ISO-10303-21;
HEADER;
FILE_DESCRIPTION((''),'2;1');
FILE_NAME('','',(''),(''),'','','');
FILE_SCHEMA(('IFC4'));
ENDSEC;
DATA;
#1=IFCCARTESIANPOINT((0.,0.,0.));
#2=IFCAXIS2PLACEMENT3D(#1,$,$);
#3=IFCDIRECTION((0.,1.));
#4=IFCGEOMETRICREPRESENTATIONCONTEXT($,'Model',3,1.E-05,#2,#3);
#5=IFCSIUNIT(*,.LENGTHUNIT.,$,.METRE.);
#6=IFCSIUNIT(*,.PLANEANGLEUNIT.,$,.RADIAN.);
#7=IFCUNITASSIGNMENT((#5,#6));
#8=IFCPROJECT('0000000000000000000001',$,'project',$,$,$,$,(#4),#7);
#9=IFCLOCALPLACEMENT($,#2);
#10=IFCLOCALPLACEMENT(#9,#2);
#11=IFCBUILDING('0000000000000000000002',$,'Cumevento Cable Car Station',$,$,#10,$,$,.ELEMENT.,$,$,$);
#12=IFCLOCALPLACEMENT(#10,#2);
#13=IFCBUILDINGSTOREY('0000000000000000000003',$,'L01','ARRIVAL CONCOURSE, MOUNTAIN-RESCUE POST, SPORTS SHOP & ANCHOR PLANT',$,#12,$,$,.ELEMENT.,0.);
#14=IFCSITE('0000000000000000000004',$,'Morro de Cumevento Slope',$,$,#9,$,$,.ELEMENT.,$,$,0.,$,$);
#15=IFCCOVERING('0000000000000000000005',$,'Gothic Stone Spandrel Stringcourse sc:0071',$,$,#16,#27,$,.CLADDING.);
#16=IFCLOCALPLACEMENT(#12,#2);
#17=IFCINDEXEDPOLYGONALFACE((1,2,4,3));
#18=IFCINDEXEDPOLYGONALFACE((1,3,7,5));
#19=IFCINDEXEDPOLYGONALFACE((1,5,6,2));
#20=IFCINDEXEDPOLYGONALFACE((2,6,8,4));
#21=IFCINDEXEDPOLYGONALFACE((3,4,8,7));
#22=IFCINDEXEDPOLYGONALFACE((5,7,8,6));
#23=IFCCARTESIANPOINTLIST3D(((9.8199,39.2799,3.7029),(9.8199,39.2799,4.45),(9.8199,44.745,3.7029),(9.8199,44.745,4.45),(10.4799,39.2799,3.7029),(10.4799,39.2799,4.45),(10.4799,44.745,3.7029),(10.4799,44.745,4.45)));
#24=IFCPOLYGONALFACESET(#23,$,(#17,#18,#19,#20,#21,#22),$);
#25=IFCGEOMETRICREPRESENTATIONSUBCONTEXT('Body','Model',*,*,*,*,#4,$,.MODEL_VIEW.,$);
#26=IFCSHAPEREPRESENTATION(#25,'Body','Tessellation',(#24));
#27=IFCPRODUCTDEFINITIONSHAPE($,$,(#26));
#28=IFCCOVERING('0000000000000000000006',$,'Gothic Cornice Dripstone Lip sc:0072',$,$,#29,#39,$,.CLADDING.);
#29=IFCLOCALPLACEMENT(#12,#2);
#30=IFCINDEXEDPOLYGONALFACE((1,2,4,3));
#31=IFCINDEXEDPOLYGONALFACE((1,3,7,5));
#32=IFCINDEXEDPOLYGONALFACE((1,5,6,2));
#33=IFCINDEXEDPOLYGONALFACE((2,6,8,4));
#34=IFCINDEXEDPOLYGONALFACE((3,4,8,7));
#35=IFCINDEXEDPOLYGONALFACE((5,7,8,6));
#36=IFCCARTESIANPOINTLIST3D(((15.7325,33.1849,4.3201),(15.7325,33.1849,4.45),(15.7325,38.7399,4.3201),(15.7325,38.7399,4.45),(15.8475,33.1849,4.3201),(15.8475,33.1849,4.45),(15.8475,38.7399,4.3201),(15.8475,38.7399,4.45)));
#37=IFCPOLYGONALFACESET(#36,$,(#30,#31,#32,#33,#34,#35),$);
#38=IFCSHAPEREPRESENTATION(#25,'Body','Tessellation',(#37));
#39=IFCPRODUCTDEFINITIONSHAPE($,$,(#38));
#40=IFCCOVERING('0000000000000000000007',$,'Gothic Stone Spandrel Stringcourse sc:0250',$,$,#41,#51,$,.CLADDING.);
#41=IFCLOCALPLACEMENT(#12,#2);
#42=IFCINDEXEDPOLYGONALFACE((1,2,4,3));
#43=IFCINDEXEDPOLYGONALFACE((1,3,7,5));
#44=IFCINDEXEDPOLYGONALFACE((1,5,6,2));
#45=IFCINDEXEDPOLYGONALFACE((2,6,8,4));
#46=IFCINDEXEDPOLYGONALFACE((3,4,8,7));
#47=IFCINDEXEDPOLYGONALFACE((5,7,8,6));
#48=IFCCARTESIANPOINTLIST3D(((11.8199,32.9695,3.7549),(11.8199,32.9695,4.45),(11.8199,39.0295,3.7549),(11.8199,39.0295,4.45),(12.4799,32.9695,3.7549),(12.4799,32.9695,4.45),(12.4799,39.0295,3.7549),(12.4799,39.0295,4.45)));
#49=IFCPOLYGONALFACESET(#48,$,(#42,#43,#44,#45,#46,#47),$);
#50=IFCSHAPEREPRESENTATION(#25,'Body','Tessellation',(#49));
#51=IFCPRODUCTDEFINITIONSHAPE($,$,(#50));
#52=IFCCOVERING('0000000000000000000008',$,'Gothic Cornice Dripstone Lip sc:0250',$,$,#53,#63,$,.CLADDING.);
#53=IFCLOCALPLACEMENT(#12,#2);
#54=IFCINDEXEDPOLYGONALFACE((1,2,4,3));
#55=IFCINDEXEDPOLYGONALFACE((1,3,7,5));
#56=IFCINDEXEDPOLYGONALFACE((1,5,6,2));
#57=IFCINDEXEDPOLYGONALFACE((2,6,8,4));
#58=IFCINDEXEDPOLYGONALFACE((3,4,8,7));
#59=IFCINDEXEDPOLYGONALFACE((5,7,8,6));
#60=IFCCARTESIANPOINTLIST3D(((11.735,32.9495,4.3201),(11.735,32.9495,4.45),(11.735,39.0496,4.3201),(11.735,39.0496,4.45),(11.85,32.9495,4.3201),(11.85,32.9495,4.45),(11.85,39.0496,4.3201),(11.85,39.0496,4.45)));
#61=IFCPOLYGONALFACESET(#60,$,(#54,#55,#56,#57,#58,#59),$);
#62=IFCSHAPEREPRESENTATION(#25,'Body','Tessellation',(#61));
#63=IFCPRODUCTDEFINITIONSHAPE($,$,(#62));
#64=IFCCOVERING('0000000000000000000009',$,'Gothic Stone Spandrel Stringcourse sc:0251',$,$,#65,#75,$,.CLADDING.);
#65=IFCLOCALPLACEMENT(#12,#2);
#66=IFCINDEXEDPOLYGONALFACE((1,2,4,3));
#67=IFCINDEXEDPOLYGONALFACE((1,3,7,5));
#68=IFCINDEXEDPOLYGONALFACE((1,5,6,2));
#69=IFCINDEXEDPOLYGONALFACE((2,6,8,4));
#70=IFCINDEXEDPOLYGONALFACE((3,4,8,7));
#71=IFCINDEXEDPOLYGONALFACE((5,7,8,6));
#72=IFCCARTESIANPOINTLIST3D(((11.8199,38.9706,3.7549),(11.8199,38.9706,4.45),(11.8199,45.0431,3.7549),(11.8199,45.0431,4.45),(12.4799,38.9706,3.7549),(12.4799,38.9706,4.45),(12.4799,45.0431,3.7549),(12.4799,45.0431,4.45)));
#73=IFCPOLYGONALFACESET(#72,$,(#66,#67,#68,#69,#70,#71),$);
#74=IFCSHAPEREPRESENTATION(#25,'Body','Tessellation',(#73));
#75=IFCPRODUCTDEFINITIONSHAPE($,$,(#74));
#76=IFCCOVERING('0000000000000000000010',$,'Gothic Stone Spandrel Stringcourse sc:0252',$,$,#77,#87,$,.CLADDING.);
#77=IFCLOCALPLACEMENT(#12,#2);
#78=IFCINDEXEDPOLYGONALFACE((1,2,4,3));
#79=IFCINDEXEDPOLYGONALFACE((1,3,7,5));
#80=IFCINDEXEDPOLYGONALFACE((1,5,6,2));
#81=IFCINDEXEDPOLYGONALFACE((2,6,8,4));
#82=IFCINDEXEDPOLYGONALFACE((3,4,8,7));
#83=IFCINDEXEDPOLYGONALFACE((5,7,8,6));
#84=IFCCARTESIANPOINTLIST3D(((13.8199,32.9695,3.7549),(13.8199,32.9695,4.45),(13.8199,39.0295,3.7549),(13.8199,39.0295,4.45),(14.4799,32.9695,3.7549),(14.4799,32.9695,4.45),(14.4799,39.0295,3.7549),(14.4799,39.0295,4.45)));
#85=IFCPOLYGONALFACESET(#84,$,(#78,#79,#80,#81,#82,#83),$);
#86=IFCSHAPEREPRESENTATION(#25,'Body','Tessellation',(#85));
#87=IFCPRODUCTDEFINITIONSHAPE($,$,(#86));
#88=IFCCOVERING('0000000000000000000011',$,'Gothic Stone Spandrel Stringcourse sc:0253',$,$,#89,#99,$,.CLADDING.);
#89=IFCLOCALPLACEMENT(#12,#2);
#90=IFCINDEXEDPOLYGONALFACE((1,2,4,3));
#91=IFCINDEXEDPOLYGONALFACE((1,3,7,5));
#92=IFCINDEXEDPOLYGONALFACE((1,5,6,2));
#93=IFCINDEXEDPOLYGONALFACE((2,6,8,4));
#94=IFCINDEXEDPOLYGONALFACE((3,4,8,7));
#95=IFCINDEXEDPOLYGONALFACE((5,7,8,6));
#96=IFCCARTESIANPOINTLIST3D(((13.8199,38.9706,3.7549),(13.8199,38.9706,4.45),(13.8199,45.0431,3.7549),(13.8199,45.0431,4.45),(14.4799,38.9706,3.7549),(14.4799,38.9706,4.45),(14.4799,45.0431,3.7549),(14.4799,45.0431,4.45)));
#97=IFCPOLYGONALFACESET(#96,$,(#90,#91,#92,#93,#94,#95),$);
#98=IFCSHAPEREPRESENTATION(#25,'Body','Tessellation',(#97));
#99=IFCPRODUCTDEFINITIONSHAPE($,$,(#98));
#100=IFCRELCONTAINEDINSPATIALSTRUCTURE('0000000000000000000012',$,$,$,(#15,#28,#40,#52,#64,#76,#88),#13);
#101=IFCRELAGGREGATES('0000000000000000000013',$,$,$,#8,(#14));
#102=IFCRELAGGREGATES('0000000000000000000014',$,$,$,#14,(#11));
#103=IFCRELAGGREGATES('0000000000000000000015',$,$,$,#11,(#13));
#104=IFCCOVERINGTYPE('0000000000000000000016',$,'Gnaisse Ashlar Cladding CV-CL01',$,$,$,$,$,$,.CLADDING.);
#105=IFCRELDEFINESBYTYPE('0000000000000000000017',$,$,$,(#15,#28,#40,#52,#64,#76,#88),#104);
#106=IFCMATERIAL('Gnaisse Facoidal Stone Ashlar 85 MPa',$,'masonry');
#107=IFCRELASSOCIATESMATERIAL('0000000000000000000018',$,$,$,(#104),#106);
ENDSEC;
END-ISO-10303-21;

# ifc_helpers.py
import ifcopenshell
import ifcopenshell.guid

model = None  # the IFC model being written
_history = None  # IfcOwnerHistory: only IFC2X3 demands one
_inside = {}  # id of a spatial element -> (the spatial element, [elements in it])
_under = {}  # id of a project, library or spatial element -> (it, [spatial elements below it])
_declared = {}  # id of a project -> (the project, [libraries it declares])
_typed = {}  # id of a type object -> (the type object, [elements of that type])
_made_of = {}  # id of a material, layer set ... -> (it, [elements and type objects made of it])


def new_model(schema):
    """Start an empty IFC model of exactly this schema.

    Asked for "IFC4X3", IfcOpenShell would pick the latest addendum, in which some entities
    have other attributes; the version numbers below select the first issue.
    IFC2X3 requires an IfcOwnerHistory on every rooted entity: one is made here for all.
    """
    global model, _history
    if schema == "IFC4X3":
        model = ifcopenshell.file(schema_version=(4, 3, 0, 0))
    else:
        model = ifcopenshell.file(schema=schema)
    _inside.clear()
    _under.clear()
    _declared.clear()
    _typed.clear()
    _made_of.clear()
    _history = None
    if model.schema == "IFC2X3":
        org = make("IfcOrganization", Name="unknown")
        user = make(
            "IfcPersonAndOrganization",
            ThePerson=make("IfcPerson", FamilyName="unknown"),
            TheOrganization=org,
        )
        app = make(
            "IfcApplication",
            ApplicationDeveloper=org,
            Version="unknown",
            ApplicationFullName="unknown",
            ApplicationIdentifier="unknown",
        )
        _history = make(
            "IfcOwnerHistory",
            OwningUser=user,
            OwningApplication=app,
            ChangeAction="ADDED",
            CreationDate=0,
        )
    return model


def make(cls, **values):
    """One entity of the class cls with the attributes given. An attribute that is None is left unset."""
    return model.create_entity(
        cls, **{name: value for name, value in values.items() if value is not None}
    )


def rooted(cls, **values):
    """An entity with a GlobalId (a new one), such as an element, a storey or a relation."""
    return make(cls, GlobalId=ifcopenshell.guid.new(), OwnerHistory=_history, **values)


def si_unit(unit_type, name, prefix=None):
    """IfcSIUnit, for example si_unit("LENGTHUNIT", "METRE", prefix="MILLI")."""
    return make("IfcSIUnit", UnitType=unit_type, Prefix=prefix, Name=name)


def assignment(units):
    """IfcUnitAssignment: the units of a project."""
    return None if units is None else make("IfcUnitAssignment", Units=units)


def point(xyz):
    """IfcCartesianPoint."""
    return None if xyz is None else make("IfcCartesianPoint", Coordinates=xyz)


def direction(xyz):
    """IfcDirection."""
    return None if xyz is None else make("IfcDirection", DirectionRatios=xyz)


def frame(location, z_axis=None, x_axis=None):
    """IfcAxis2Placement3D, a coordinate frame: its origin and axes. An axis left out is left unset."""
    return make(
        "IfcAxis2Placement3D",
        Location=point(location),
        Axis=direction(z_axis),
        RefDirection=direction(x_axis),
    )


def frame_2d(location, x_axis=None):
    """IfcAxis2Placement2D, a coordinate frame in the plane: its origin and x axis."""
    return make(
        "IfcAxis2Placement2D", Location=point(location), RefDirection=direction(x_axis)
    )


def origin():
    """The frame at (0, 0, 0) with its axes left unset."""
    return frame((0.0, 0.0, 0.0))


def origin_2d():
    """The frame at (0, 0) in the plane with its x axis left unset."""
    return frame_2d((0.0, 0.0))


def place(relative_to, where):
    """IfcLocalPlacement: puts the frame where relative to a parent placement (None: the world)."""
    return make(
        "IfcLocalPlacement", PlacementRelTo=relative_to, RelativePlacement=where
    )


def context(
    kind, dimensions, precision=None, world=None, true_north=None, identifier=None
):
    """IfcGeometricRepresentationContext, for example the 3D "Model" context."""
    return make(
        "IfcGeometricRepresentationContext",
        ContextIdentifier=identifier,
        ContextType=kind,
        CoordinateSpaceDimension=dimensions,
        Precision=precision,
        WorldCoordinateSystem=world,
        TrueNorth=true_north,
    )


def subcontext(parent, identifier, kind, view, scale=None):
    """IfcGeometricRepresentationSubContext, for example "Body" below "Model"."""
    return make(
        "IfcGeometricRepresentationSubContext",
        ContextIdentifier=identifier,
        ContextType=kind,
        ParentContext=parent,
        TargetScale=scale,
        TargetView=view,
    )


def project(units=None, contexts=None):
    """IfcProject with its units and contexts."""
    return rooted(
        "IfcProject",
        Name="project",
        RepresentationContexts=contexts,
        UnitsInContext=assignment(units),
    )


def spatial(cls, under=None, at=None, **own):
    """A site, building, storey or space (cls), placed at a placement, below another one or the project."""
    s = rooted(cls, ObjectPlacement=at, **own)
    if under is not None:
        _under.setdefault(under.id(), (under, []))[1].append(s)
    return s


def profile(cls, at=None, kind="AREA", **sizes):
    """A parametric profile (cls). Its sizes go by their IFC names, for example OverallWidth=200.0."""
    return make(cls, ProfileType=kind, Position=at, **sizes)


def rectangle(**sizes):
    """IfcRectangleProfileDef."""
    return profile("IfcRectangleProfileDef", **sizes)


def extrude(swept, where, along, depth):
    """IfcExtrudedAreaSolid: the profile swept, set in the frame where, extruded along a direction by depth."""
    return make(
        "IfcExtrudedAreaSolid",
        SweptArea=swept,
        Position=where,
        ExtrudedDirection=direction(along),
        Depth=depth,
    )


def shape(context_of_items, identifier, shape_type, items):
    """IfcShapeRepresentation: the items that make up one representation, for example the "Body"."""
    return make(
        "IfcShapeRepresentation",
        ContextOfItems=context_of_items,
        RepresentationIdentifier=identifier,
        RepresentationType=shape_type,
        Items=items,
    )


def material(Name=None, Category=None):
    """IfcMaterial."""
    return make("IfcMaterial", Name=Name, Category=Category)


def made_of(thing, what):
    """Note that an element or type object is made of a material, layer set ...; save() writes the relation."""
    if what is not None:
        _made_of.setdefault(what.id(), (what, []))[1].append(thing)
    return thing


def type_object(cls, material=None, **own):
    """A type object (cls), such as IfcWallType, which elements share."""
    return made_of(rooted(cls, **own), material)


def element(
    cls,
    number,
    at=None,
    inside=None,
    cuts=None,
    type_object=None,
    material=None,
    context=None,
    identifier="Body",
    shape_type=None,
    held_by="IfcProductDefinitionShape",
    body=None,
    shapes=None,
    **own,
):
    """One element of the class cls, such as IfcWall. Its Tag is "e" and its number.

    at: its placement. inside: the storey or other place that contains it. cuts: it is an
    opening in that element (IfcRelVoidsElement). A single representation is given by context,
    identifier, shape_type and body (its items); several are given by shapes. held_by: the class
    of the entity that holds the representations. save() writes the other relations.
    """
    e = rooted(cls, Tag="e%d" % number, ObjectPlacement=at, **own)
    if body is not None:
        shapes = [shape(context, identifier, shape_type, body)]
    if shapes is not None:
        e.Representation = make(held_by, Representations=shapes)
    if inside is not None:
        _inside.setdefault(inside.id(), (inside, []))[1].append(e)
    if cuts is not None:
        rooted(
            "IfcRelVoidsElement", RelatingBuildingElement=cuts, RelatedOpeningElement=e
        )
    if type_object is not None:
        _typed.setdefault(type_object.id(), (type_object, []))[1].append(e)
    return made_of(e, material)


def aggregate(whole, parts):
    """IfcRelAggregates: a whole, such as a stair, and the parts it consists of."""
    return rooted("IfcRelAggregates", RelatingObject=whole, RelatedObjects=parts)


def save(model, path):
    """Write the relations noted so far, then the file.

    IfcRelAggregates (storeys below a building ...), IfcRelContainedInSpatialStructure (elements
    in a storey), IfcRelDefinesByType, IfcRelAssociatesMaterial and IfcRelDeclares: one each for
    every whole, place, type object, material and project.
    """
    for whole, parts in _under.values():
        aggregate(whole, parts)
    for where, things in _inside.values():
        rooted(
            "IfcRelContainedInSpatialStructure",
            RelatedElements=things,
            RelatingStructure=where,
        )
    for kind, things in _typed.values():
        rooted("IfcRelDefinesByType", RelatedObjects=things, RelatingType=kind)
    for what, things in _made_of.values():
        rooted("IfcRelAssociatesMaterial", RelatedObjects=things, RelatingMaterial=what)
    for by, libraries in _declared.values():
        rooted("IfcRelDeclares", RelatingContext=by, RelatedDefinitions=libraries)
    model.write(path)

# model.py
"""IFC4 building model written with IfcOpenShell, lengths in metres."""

from ifc_helpers import new_model, si_unit, direction, frame, origin, origin_2d, place, context, subcontext, project, spatial, rectangle, extrude, material, type_object, element, save


model = new_model("IFC4")

# Units and contexts
model_context = context("Model", 3, precision=1e-05, world=origin(), true_north=direction((0.0, 1.0)))
body_context = subcontext(model_context, "Body", "Model", "MODEL_VIEW")
ifc_project = project(units=[si_unit("LENGTHUNIT", "METRE"), si_unit("PLANEANGLEUNIT", "RADIAN")], contexts=[model_context])

# Site, building, storey
site_placement = place(None, origin())
site = spatial("IfcSite", under=ifc_project, at=site_placement, Name="Morro de Cumevento Slope", CompositionType="ELEMENT", RefElevation=0.0)
building_placement = place(site_placement, origin())
building = spatial("IfcBuilding", under=site, at=building_placement, Name="Cumevento Cable Car Station", CompositionType="ELEMENT")
storey_placement = place(building_placement, origin())
storey = spatial("IfcBuildingStorey", under=building, at=storey_placement, Name="L01", Description="ARRIVAL CONCOURSE, MOUNTAIN-RESCUE POST, SPORTS SHOP & ANCHOR PLANT", CompositionType="ELEMENT", Elevation=0.0)

# Coverings
ifc_material_1 = material(Name="Gnaisse Facoidal Stone Ashlar 85 MPa", Category="masonry")
covering_type = type_object("IfcCoveringType", Name="Gnaisse Ashlar Cladding CV-CL01", PredefinedType="CLADDING", material=ifc_material_1)
covering_1_placement = place(storey_placement, frame((10.1499, 42.0125, 3.7029), z_axis=(0.0, 0.0, 1.0), x_axis=(0.0, 1.0, 0.0)))
element("IfcCovering", 1, at=covering_1_placement, inside=storey, type_object=covering_type, Name="Gothic Stone Spandrel Stringcourse sc:0071", PredefinedType="CLADDING", context=body_context, shape_type="SweptSolid", body=[
    extrude(rectangle(XDim=5.4651, YDim=0.6599, at=origin_2d()), origin(), (0.0, 0.0, 1.0), 0.7471),
])
covering_2_placement = place(storey_placement, frame((15.79, 35.9624, 4.3201), z_axis=(0.0, 0.0, 1.0), x_axis=(0.0, 1.0, 0.0)))
element("IfcCovering", 2, at=covering_2_placement, inside=storey, type_object=covering_type, Name="Gothic Cornice Dripstone Lip sc:0072", PredefinedType="CLADDING", context=body_context, shape_type="SweptSolid", body=[
    extrude(rectangle(XDim=5.5549, YDim=0.115, at=origin_2d()), origin(), (0.0, 0.0, 1.0), 0.1299),
])
covering_3_placement = place(storey_placement, frame((12.1499, 35.9995, 3.7549), z_axis=(0.0, 0.0, 1.0), x_axis=(0.0, 1.0, 0.0)))
element("IfcCovering", 3, at=covering_3_placement, inside=storey, type_object=covering_type, Name="Gothic Stone Spandrel Stringcourse sc:0250", PredefinedType="CLADDING", context=body_context, shape_type="SweptSolid", body=[
    extrude(rectangle(XDim=6.0601, YDim=0.6599, at=origin_2d()), origin(), (0.0, 0.0, 1.0), 0.6951),
])
covering_4_placement = place(storey_placement, frame((11.7925, 35.9995, 4.3201), z_axis=(0.0, 0.0, 1.0), x_axis=(0.0, 1.0, 0.0)))
element("IfcCovering", 4, at=covering_4_placement, inside=storey, type_object=covering_type, Name="Gothic Cornice Dripstone Lip sc:0250", PredefinedType="CLADDING", context=body_context, shape_type="SweptSolid", body=[
    extrude(rectangle(XDim=6.1001, YDim=0.115, at=origin_2d()), origin(), (0.0, 0.0, 1.0), 0.1299),
])
covering_5_placement = place(storey_placement, frame((12.1499, 42.0068, 3.7549), z_axis=(0.0, 0.0, 1.0), x_axis=(0.0, 1.0, 0.0)))
element("IfcCovering", 5, at=covering_5_placement, inside=storey, type_object=covering_type, Name="Gothic Stone Spandrel Stringcourse sc:0251", PredefinedType="CLADDING", context=body_context, shape_type="SweptSolid", body=[
    extrude(rectangle(XDim=6.0725, YDim=0.6599, at=origin_2d()), origin(), (0.0, 0.0, 1.0), 0.6951),
])
covering_6_placement = place(storey_placement, frame((14.1499, 35.9995, 3.7549), z_axis=(0.0, 0.0, 1.0), x_axis=(0.0, 1.0, 0.0)))
element("IfcCovering", 6, at=covering_6_placement, inside=storey, type_object=covering_type, Name="Gothic Stone Spandrel Stringcourse sc:0252", PredefinedType="CLADDING", context=body_context, shape_type="SweptSolid", body=[
    extrude(rectangle(XDim=6.0601, YDim=0.6599, at=origin_2d()), origin(), (0.0, 0.0, 1.0), 0.6951),
])
covering_7_placement = place(storey_placement, frame((14.1499, 42.0068, 3.7549), z_axis=(0.0, 0.0, 1.0), x_axis=(0.0, 1.0, 0.0)))
element("IfcCovering", 7, at=covering_7_placement, inside=storey, type_object=covering_type, Name="Gothic Stone Spandrel Stringcourse sc:0253", PredefinedType="CLADDING", context=body_context, shape_type="SweptSolid", body=[
    extrude(rectangle(XDim=6.0725, YDim=0.6599, at=origin_2d()), origin(), (0.0, 0.0, 1.0), 0.6951),
])

save(model, "model.ifc")
